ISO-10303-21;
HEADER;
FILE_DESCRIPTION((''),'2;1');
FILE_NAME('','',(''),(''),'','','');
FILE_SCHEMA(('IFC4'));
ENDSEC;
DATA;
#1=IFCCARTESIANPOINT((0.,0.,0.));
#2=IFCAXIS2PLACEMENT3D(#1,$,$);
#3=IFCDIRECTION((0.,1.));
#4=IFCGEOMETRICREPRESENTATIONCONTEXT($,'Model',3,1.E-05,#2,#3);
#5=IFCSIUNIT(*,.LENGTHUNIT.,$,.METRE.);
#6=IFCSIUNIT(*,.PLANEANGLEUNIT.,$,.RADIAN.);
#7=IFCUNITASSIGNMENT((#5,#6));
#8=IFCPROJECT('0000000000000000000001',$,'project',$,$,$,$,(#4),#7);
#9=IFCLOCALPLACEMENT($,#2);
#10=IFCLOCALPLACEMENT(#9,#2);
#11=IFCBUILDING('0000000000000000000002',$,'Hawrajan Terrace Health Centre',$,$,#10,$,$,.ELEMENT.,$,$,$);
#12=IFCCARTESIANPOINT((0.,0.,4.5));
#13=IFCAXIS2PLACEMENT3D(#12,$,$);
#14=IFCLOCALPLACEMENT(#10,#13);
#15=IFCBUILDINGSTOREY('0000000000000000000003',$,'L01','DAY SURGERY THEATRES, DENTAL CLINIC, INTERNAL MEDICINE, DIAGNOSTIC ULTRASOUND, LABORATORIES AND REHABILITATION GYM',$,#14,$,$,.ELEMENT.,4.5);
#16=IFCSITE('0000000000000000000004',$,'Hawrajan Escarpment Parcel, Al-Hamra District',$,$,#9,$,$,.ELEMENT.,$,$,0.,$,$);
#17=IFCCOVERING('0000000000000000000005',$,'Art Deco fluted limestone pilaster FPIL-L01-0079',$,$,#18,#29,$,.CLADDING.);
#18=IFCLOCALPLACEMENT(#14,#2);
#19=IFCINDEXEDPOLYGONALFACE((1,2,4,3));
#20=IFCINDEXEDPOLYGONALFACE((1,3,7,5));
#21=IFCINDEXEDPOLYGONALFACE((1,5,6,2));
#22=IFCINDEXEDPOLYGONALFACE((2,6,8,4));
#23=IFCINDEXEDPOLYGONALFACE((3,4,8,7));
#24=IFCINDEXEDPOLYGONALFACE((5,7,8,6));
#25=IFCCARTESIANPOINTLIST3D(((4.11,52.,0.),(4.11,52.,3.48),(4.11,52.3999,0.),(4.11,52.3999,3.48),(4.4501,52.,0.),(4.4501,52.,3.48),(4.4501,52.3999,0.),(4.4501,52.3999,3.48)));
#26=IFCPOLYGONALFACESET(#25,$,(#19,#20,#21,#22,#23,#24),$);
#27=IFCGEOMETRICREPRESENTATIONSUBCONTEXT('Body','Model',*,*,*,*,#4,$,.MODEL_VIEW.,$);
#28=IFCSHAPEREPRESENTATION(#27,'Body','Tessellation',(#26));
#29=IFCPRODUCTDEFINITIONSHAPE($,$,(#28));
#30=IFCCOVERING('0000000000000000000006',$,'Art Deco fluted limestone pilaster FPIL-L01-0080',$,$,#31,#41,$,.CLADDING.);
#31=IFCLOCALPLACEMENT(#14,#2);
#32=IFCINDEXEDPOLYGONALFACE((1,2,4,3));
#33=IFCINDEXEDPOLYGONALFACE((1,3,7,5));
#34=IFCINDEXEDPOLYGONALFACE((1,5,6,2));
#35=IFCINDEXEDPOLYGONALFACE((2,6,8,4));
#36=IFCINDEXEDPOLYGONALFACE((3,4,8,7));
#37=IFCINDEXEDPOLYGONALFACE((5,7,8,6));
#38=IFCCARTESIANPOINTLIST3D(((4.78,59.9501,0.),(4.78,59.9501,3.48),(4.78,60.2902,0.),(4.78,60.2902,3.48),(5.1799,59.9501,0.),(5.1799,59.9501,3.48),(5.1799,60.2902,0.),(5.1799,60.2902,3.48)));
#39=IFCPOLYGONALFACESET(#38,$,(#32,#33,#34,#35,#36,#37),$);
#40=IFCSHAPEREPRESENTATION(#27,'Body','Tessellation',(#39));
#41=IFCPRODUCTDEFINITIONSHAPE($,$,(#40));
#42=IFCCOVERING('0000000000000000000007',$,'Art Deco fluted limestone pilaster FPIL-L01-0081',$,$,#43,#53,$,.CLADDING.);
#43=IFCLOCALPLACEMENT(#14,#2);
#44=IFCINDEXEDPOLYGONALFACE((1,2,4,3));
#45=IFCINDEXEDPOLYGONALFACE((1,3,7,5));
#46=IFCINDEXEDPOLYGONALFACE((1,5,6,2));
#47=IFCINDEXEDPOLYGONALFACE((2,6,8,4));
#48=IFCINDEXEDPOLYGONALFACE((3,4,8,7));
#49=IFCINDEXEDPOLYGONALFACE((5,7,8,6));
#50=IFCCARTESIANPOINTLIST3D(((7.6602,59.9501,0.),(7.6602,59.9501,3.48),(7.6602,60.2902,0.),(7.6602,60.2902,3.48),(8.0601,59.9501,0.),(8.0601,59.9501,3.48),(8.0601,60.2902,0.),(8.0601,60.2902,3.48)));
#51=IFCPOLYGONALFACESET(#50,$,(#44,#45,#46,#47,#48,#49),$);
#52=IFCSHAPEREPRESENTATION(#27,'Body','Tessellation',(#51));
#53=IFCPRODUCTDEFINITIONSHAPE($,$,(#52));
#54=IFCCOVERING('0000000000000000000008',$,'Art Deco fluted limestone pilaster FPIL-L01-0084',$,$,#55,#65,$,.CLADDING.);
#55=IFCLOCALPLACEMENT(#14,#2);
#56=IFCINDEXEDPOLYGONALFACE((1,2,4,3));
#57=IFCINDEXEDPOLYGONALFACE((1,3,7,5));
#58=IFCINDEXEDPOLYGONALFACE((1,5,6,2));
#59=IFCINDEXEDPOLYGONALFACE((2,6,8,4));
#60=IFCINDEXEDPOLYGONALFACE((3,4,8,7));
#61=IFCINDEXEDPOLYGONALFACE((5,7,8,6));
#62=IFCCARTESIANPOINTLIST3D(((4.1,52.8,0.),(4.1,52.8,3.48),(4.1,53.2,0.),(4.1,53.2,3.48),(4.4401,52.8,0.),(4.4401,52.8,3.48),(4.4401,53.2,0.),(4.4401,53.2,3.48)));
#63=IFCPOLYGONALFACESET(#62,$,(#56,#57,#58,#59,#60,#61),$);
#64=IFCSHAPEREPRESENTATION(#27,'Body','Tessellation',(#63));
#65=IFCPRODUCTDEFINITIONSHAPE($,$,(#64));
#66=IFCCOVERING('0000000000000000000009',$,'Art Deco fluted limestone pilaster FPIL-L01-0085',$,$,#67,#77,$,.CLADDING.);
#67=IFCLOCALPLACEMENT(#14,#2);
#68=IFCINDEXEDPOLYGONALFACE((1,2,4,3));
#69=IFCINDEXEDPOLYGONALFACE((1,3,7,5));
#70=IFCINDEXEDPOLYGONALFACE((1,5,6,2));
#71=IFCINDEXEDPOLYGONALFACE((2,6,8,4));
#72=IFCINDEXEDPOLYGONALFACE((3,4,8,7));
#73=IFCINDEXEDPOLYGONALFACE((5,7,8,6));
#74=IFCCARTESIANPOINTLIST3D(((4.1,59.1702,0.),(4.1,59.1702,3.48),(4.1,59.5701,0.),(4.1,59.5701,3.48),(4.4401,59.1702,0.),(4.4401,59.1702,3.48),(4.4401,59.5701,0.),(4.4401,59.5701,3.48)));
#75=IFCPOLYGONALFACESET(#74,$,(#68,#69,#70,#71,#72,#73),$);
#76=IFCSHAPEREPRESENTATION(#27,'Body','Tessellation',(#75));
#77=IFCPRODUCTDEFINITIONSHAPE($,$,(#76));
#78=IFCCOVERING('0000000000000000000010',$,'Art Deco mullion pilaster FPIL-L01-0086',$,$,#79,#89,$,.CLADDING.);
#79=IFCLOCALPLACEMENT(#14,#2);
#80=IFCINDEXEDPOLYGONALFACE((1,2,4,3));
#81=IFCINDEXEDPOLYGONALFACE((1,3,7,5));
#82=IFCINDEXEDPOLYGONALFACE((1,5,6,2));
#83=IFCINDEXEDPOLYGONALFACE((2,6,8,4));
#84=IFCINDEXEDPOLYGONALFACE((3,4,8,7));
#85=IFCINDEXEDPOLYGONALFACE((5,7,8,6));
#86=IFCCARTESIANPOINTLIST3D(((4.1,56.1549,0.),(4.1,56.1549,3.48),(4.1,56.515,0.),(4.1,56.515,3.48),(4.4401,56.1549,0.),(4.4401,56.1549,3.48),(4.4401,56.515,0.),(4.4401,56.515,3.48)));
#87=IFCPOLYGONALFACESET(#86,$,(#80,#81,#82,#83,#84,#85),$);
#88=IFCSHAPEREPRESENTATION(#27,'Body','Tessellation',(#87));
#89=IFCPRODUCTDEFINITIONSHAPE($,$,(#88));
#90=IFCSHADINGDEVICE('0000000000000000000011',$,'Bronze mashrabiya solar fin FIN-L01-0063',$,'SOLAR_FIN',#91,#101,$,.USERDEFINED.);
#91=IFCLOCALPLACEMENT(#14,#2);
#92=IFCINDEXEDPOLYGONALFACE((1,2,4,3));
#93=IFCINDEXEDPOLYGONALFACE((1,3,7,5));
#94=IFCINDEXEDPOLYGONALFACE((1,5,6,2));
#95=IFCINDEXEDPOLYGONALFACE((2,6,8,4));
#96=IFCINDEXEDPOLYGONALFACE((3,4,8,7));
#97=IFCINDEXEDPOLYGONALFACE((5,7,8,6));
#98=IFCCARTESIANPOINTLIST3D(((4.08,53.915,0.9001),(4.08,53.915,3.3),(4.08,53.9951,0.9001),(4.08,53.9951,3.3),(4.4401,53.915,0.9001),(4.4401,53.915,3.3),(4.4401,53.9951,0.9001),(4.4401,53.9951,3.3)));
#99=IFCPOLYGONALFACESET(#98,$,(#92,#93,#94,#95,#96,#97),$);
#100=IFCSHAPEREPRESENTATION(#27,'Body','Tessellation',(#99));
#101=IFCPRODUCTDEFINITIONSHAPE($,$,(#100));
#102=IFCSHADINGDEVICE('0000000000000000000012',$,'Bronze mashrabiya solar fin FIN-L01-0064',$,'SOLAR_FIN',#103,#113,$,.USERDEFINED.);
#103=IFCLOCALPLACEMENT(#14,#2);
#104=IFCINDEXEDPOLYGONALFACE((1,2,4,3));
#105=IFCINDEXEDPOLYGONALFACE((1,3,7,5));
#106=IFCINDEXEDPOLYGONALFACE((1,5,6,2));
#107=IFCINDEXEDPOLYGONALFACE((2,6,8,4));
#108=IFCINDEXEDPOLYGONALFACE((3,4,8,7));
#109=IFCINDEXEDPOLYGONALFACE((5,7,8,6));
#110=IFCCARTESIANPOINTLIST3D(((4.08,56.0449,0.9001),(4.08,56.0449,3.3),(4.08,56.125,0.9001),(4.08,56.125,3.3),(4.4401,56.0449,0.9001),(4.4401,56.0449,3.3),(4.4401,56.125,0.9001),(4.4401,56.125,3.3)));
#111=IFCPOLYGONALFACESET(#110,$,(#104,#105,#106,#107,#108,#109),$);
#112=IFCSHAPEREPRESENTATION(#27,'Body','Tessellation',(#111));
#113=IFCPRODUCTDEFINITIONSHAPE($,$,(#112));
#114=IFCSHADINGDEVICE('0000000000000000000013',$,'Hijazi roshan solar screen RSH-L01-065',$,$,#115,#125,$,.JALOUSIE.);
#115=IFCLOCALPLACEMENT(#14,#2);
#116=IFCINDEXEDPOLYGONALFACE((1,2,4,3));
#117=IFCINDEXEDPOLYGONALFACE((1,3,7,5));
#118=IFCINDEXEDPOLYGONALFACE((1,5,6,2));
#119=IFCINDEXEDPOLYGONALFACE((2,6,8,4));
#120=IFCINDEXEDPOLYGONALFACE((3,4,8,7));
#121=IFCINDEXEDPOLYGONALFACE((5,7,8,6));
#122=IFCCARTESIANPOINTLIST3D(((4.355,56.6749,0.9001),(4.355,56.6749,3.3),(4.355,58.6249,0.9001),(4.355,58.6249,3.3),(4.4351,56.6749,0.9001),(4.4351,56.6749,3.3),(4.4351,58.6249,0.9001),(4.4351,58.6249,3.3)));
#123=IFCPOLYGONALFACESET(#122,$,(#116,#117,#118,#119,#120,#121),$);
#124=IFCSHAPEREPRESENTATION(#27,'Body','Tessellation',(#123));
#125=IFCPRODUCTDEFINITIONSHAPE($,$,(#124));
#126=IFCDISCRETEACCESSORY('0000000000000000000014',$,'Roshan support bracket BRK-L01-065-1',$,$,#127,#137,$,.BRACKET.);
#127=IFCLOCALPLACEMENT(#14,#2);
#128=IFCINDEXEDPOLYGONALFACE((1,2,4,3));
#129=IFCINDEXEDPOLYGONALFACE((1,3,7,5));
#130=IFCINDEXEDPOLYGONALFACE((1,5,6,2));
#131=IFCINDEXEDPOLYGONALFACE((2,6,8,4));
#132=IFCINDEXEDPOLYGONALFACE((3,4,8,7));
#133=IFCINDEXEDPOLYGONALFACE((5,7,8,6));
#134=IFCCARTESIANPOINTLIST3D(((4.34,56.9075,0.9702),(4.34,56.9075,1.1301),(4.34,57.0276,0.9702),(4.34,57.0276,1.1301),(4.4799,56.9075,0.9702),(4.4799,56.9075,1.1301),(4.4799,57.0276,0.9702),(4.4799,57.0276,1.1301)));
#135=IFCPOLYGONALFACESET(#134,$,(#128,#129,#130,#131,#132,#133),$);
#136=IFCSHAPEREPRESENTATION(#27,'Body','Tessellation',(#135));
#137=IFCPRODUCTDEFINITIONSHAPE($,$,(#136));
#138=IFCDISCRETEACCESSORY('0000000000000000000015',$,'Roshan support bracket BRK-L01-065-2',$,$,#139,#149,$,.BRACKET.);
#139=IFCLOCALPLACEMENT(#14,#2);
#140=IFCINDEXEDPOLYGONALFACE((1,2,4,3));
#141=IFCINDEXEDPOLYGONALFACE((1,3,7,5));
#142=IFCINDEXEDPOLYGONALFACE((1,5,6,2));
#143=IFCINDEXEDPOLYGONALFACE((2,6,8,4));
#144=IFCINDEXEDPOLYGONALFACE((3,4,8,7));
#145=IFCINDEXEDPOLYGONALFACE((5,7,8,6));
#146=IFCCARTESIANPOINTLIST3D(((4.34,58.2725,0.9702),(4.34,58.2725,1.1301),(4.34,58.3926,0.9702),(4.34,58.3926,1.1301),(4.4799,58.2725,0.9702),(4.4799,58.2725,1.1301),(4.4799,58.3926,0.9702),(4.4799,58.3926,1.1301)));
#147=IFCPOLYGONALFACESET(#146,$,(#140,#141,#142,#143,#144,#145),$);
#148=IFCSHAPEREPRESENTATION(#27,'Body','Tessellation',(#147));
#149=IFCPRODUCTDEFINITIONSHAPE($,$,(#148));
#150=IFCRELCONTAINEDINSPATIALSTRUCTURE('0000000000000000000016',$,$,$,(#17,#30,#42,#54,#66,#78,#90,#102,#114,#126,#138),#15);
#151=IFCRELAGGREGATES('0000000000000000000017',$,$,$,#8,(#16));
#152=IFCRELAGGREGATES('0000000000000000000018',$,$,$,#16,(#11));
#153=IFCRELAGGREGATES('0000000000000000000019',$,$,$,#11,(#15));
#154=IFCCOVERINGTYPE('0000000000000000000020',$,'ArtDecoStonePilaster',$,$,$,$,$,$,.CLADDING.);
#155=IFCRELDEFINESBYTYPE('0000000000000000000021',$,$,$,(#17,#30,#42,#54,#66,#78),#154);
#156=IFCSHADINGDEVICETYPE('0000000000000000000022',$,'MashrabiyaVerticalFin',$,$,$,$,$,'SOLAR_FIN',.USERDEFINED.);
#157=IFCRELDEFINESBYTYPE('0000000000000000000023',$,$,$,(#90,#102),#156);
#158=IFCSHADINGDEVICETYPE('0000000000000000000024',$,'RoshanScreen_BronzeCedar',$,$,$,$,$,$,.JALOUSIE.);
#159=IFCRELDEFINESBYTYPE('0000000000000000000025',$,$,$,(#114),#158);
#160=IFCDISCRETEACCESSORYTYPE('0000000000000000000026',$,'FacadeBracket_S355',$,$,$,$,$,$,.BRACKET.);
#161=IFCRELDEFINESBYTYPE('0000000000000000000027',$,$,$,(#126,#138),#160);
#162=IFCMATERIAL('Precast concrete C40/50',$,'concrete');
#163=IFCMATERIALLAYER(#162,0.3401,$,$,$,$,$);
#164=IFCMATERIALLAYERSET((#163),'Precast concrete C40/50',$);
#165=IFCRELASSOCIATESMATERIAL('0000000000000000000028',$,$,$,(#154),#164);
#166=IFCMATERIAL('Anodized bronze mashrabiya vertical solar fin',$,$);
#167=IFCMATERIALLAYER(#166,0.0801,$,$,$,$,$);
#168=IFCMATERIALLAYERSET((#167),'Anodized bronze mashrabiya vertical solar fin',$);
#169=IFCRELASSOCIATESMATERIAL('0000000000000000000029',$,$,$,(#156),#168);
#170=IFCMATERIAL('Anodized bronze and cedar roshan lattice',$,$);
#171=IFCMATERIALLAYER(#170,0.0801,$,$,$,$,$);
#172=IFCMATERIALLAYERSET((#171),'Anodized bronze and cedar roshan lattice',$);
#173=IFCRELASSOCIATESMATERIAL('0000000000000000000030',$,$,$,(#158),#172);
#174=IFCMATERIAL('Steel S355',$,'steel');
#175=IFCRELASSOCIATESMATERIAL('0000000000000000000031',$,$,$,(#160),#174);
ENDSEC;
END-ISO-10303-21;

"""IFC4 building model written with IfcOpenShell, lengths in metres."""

from ifc_helpers import new_model, si_unit, direction, frame, origin, origin_2d, place, context, subcontext, project, spatial, rectangle, extrude, material, layer, layer_set, type_object, element, save


model = new_model("IFC4")

# Units and contexts
model_context = context("Model", 3, precision=1e-05, world=origin(), true_north=direction((0.0, 1.0)))
body_context = subcontext(model_context, "Body", "Model", "MODEL_VIEW")
ifc_project = project(units=[si_unit("LENGTHUNIT", "METRE"), si_unit("PLANEANGLEUNIT", "RADIAN")], contexts=[model_context])

# Site, building, storey
site_placement = place(None, origin())
site = spatial("IfcSite", under=ifc_project, at=site_placement, Name="Hawrajan Escarpment Parcel, Al-Hamra District", CompositionType="ELEMENT", RefElevation=0.0)
building_placement = place(site_placement, origin())
building = spatial("IfcBuilding", under=site, at=building_placement, Name="Hawrajan Terrace Health Centre", CompositionType="ELEMENT")
storey_placement = place(building_placement, frame((0.0, 0.0, 4.5)))
storey = spatial("IfcBuildingStorey", under=building, at=storey_placement, Name="L01", Description="DAY SURGERY THEATRES, DENTAL CLINIC, INTERNAL MEDICINE, DIAGNOSTIC ULTRASOUND, LABORATORIES AND REHABILITATION GYM", CompositionType="ELEMENT", Elevation=4.5)

# Shared definitions
ifc_material_1 = material(Name="Steel S355", Category="steel")

# Shared definitions
ifc_material_2 = material(Name="Precast concrete C40/50", Category="concrete")

# Coverings
ifc_layer_1 = layer(ifc_material_2, 0.3401)
ifc_layer_set_1 = layer_set([ifc_layer_1], Name="Precast concrete C40/50")
covering_type_1 = type_object("IfcCoveringType", Name="ArtDecoStonePilaster", PredefinedType="CLADDING", material=ifc_layer_set_1)
for number, where, z_axis, x_axis, name in (
    (1, (4.28, 52.2, 0.0), (0.0, 0.0, 1.0), (0.0, 1.0, 0.0), "Art Deco fluted limestone pilaster FPIL-L01-0079"),
    (2, (4.98, 60.1201, 0.0), (0.0, 0.0, 1.0), (1.0, 0.0, 0.0), "Art Deco fluted limestone pilaster FPIL-L01-0080"),
    (3, (7.8601, 60.1201, 0.0), (0.0, 0.0, 1.0), (1.0, 0.0, 0.0), "Art Deco fluted limestone pilaster FPIL-L01-0081"),
    (4, (4.27, 53.0, 0.0), (0.0, 0.0, 1.0), (0.0, 1.0, 0.0), "Art Deco fluted limestone pilaster FPIL-L01-0084"),
    (5, (4.27, 59.3701, 0.0), (0.0, 0.0, 1.0), (0.0, 1.0, 0.0), "Art Deco fluted limestone pilaster FPIL-L01-0085"),
):
    element("IfcCovering", number, at=place(storey_placement, frame(where, z_axis=z_axis, x_axis=x_axis)), inside=storey, type_object=covering_type_1, Name=name, PredefinedType="CLADDING", context=body_context, shape_type="SweptSolid", body=[
        extrude(rectangle(XDim=0.3999, YDim=0.3401, at=origin_2d()), origin(), (0.0, 0.0, 1.0), 3.48),
    ])
covering_1_placement = place(storey_placement, frame((4.27, 56.335, 0.0), z_axis=(0.0, 0.0, 1.0), x_axis=(0.0, 1.0, 0.0)))
element("IfcCovering", 6, at=covering_1_placement, inside=storey, type_object=covering_type_1, Name="Art Deco mullion pilaster FPIL-L01-0086", PredefinedType="CLADDING", context=body_context, shape_type="SweptSolid", body=[
    extrude(rectangle(XDim=0.3601, YDim=0.3401, at=origin_2d()), origin(), (0.0, 0.0, 1.0), 3.48),
])

# Shading devices
ifc_material_3 = material(Name="Anodized bronze mashrabiya vertical solar fin")
ifc_layer_2 = layer(ifc_material_3, 0.0801)
ifc_layer_set_2 = layer_set([ifc_layer_2], Name="Anodized bronze mashrabiya vertical solar fin")
shading_device_type_1 = type_object("IfcShadingDeviceType", Name="MashrabiyaVerticalFin", ElementType="SOLAR_FIN", PredefinedType="USERDEFINED", material=ifc_layer_set_2)
for number, where, z_axis, x_axis, name in (
    (7, (4.26, 53.9551, 0.9001), (0.0, 0.0, 1.0), (0.0, 1.0, 0.0), "Bronze mashrabiya solar fin FIN-L01-0063"),
    (8, (4.26, 56.085, 0.9001), (0.0, 0.0, 1.0), (0.0, 1.0, 0.0), "Bronze mashrabiya solar fin FIN-L01-0064"),
):
    element("IfcShadingDevice", number, at=place(storey_placement, frame(where, z_axis=z_axis, x_axis=x_axis)), inside=storey, type_object=shading_device_type_1, Name=name, ObjectType="SOLAR_FIN", PredefinedType="USERDEFINED", context=body_context, shape_type="SweptSolid", body=[
        extrude(rectangle(XDim=0.0801, YDim=0.3601, at=origin_2d()), origin(), (0.0, 0.0, 1.0), 2.3999),
    ])
ifc_material_4 = material(Name="Anodized bronze and cedar roshan lattice")
ifc_layer_3 = layer(ifc_material_4, 0.0801)
ifc_layer_set_3 = layer_set([ifc_layer_3], Name="Anodized bronze and cedar roshan lattice")
shading_device_type_2 = type_object("IfcShadingDeviceType", Name="RoshanScreen_BronzeCedar", PredefinedType="JALOUSIE", material=ifc_layer_set_3)
shading_device_placement = place(storey_placement, frame((4.395, 57.6499, 0.9001), z_axis=(0.0, 0.0, 1.0), x_axis=(0.0, 1.0, 0.0)))
element("IfcShadingDevice", 9, at=shading_device_placement, inside=storey, type_object=shading_device_type_2, Name="Hijazi roshan solar screen RSH-L01-065", PredefinedType="JALOUSIE", context=body_context, shape_type="SweptSolid", body=[
    extrude(rectangle(XDim=1.95, YDim=0.0801, at=origin_2d()), origin(), (0.0, 0.0, 1.0), 2.3999),
])

# Discrete accessories
discrete_accessory_type = type_object("IfcDiscreteAccessoryType", Name="FacadeBracket_S355", PredefinedType="BRACKET", material=ifc_material_1)
for number, where, z_axis, x_axis, name in (
    (10, (4.4099, 56.9675, 0.9702), (0.0, 0.0, 1.0), (0.0, 1.0, 0.0), "Roshan support bracket BRK-L01-065-1"),
    (11, (4.4099, 58.3325, 0.9702), (0.0, 0.0, 1.0), (0.0, 1.0, 0.0), "Roshan support bracket BRK-L01-065-2"),
):
    element("IfcDiscreteAccessory", number, at=place(storey_placement, frame(where, z_axis=z_axis, x_axis=x_axis)), inside=storey, type_object=discrete_accessory_type, Name=name, PredefinedType="BRACKET", context=body_context, shape_type="SweptSolid", body=[
        extrude(rectangle(XDim=0.1201, YDim=0.1399, at=origin_2d()), origin(), (0.0, 0.0, 1.0), 0.1599),
    ])

save(model, "model.ifc")
